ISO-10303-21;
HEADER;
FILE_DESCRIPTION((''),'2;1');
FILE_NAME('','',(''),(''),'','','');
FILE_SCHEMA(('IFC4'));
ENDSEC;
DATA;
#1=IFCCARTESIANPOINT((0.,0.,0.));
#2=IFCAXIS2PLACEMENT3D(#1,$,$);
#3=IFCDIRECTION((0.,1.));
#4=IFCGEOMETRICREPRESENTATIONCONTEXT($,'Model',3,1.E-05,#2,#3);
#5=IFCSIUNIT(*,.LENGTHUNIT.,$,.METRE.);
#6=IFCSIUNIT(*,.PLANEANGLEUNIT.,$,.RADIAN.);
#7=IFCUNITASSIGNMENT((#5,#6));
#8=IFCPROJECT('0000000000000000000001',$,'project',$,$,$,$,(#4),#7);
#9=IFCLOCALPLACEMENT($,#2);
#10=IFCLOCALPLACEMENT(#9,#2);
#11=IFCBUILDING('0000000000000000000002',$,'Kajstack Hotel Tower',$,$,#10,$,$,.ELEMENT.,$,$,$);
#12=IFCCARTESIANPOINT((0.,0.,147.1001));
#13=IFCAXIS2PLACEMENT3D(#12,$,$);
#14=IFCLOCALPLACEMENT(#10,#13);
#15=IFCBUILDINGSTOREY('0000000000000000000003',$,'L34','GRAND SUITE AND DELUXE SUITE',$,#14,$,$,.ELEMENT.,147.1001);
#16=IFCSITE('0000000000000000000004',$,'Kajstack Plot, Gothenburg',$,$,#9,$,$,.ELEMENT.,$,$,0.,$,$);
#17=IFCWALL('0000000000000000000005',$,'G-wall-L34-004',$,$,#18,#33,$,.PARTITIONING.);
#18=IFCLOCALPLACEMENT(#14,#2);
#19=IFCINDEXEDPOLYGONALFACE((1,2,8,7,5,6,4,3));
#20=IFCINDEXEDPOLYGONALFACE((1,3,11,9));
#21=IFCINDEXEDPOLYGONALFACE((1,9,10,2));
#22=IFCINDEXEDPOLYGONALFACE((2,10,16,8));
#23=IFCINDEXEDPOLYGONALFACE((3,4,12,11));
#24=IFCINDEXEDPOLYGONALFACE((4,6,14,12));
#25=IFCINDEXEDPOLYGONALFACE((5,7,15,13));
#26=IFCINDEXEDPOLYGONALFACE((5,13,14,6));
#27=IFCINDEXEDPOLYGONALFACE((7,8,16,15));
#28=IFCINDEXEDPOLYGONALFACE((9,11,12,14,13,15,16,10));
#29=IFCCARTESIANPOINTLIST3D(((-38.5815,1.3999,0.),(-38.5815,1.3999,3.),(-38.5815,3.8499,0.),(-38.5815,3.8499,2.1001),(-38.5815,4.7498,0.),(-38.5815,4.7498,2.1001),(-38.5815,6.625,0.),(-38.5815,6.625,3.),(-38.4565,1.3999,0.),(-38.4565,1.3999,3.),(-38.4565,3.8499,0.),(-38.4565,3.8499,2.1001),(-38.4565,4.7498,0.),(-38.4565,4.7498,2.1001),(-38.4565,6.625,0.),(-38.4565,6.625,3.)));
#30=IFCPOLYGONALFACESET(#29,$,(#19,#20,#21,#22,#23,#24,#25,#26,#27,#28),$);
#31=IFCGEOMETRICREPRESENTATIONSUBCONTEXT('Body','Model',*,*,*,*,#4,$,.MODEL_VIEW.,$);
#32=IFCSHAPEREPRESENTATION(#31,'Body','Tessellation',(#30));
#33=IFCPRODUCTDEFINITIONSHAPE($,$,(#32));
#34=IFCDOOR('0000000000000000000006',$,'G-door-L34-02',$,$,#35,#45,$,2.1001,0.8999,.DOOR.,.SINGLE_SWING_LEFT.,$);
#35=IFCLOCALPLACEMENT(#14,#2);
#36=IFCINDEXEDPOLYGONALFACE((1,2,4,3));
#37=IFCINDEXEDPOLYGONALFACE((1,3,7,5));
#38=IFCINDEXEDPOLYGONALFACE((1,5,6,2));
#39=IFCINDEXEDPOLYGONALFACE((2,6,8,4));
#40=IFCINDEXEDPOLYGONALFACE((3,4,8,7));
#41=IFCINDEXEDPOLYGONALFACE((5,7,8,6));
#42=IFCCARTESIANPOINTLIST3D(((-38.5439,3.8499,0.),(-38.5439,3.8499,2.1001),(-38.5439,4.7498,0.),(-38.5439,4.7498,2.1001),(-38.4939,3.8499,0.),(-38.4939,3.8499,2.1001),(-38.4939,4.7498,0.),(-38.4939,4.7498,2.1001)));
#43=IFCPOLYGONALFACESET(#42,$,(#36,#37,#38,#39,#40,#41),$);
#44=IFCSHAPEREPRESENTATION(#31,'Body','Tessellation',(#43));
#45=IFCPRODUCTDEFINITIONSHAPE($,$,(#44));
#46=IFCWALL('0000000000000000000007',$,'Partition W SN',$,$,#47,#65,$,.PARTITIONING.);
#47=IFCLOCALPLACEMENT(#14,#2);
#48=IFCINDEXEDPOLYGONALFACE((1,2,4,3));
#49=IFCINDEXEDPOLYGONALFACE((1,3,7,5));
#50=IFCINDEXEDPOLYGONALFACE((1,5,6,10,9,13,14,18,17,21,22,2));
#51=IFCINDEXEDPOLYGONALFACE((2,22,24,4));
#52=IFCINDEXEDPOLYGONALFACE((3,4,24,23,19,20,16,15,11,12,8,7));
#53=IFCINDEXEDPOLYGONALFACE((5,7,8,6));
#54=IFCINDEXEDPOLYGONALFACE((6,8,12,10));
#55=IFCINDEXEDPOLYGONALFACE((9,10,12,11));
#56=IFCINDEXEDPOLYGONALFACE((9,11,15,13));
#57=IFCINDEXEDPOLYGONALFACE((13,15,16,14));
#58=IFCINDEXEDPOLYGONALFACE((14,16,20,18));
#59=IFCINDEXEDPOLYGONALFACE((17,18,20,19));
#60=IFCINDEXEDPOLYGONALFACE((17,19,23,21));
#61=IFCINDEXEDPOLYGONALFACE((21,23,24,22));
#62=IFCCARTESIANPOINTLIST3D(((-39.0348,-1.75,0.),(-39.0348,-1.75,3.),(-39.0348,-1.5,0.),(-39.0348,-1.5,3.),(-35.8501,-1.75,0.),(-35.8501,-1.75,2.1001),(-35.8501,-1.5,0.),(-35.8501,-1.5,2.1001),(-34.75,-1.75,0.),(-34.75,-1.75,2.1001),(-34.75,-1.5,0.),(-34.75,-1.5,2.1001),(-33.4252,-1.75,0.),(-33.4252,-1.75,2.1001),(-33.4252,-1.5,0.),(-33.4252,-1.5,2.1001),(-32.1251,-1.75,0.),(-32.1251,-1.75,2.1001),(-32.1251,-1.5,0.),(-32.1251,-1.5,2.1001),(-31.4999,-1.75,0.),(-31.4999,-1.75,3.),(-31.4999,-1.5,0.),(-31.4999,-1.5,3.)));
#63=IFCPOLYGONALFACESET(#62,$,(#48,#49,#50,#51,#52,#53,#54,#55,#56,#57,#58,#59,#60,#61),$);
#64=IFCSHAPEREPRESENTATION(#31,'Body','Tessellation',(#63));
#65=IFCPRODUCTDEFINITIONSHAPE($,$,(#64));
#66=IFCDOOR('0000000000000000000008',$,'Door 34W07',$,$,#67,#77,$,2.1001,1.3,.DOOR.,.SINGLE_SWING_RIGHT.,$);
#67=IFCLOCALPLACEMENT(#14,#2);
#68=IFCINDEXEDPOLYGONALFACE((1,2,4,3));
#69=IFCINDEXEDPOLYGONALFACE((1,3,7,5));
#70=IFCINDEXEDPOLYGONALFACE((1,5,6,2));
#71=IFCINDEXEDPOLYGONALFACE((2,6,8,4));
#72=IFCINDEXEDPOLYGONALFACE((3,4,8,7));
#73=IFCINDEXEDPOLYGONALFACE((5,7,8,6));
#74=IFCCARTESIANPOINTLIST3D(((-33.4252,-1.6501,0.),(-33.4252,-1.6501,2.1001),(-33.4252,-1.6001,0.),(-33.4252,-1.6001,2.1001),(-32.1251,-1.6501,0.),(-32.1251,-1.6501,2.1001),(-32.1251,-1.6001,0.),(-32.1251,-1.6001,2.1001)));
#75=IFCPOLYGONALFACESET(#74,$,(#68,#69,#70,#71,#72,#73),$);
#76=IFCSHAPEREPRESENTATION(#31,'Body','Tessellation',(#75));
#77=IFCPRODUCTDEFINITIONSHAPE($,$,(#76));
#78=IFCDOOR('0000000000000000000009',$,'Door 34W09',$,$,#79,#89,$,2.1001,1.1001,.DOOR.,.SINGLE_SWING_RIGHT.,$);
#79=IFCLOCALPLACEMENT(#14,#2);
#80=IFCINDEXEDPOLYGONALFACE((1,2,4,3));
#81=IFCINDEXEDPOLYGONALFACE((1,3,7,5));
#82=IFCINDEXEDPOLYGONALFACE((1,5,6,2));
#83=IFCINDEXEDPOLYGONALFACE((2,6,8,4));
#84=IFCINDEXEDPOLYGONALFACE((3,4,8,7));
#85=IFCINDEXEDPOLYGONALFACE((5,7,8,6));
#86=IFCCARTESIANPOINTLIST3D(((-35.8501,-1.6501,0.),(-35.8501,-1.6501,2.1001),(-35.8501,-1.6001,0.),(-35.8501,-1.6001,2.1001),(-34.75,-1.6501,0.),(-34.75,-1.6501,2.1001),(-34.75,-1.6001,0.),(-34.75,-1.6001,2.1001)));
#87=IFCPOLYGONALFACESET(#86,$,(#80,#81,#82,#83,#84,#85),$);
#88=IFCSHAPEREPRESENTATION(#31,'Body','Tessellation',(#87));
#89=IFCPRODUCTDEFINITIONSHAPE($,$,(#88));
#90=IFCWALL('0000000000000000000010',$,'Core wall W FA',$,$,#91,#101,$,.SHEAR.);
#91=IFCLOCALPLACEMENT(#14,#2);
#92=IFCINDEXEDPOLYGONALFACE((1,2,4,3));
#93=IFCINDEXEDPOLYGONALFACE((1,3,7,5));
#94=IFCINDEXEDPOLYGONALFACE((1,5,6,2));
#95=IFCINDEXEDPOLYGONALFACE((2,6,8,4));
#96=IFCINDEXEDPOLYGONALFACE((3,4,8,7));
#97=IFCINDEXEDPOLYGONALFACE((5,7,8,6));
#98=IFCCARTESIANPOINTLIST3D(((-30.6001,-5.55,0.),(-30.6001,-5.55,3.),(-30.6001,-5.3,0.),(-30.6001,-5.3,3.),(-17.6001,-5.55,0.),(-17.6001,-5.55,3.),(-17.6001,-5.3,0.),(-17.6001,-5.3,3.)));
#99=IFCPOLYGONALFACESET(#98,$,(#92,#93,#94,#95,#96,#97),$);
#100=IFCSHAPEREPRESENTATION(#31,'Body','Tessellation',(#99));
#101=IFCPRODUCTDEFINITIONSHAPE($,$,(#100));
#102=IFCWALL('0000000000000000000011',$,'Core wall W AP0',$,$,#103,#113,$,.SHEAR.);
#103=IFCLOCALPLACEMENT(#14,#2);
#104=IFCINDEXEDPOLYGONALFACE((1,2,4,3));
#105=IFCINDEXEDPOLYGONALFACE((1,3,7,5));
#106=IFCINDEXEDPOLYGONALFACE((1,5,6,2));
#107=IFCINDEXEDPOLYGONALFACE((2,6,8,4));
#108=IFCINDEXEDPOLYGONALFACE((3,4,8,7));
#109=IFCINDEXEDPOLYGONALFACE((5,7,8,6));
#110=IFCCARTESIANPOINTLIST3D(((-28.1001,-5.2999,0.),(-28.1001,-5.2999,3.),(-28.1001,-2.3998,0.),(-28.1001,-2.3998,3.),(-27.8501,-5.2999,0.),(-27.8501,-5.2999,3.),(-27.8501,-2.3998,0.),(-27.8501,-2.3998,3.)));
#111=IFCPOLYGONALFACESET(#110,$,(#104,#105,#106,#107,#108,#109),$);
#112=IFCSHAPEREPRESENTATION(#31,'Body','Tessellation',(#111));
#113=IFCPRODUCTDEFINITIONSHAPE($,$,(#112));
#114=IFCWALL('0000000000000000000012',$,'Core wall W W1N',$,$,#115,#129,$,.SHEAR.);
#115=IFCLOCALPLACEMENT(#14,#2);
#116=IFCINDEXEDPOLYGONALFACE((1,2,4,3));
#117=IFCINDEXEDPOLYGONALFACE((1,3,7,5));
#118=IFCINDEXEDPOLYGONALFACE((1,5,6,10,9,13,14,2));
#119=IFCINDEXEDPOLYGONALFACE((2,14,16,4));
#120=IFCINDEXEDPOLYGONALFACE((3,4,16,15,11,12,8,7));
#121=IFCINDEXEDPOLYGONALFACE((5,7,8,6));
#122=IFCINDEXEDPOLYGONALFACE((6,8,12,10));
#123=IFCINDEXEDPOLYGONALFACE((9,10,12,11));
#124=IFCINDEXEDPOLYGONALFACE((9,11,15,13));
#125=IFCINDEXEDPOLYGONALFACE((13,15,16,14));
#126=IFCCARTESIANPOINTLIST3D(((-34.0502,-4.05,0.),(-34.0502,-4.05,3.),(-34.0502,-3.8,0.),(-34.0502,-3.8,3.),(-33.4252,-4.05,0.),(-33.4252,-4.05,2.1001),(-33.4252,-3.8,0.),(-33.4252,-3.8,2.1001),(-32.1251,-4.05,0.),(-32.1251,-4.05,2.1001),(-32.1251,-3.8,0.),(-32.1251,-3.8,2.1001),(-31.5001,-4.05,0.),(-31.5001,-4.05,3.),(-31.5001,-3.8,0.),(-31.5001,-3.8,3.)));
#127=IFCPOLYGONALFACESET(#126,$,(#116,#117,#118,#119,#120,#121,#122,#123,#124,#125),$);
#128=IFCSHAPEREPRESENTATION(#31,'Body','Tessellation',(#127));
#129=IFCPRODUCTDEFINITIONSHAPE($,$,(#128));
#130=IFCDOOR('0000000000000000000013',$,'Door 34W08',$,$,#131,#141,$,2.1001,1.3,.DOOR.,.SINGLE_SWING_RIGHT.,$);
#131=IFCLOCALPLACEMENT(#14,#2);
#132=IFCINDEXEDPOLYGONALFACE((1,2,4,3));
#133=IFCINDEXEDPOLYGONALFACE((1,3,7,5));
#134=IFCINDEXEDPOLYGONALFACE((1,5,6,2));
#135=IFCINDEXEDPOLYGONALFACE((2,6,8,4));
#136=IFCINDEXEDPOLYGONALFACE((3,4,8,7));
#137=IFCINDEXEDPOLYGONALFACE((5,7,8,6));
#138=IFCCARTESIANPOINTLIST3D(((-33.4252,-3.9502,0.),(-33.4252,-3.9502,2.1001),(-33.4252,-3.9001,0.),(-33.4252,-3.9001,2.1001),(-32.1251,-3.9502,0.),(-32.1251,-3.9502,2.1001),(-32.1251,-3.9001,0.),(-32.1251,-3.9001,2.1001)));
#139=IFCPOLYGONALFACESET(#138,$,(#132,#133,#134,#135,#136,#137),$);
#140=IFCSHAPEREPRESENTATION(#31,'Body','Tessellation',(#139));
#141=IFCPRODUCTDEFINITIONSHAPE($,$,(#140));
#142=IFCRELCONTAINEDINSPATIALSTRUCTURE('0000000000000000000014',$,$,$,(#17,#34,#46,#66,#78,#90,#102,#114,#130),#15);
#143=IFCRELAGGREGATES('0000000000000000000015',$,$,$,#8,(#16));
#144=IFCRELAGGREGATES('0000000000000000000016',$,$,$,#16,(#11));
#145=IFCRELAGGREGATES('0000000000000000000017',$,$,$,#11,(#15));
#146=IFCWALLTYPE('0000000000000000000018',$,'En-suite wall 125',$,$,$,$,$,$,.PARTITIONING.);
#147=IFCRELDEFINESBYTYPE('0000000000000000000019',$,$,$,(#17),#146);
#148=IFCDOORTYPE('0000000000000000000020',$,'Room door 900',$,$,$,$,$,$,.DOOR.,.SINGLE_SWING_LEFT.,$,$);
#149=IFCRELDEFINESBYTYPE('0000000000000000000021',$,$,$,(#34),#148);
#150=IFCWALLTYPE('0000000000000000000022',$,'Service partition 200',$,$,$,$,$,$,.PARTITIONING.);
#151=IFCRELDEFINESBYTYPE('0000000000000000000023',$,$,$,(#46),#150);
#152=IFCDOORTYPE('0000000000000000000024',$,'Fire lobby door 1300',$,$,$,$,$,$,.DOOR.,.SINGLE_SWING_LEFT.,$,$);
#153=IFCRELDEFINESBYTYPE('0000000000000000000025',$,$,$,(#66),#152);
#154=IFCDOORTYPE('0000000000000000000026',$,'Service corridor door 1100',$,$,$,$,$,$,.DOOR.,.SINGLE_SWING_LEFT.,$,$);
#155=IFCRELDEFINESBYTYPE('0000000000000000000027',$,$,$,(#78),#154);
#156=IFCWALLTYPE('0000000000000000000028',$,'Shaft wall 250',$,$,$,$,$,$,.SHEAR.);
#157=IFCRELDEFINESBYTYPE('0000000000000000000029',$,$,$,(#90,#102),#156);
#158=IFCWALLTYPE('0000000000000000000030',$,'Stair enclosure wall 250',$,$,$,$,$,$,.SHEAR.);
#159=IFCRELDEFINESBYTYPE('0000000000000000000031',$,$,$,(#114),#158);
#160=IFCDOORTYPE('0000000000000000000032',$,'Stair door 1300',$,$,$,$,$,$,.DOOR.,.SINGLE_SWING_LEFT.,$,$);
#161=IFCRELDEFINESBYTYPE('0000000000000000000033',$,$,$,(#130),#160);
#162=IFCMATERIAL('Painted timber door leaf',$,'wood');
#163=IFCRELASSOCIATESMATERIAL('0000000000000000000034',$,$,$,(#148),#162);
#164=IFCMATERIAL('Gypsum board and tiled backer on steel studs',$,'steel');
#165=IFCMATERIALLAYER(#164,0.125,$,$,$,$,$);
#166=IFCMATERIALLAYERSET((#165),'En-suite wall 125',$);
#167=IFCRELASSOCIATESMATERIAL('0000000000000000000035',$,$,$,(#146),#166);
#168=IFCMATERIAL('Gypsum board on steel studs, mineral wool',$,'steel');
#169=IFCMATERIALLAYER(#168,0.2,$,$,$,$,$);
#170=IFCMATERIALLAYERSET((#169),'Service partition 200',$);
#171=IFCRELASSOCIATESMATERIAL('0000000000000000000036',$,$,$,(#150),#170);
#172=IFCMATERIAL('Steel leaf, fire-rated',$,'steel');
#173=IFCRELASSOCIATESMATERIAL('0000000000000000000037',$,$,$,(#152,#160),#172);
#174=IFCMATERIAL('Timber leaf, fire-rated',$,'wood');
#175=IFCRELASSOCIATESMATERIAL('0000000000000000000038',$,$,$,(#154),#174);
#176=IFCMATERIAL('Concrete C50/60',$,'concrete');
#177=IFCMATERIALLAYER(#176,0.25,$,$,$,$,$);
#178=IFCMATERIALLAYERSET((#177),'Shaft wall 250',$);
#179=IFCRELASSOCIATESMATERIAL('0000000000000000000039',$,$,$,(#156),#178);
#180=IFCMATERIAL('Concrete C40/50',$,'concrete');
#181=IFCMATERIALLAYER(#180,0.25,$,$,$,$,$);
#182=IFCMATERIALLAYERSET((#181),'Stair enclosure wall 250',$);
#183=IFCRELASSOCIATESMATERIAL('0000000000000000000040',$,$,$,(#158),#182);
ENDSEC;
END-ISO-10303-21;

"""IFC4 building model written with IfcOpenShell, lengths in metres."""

from ifc_helpers import new_model, si_unit, direction, frame, frame_2d, origin, place, context, subcontext, project, spatial, rectangle, extrude, material, layer, layer_set, type_object, element, fill, save


model = new_model("IFC4")

# Units and contexts
model_context = context("Model", 3, precision=1e-05, world=origin(), true_north=direction((0.0, 1.0)))
body_context = subcontext(model_context, "Body", "Model", "MODEL_VIEW")
ifc_project = project(units=[si_unit("LENGTHUNIT", "METRE"), si_unit("PLANEANGLEUNIT", "RADIAN")], contexts=[model_context])

# Site, building, storey
site_placement = place(None, origin())
site = spatial("IfcSite", under=ifc_project, at=site_placement, Name="Kajstack Plot, Gothenburg", CompositionType="ELEMENT", RefElevation=0.0)
building_placement = place(site_placement, origin())
building = spatial("IfcBuilding", under=site, at=building_placement, Name="Kajstack Hotel Tower", CompositionType="ELEMENT")
storey_placement = place(building_placement, frame((0.0, 0.0, 147.1001)))
storey = spatial("IfcBuildingStorey", under=building, at=storey_placement, Name="L34", Description="GRAND SUITE AND DELUXE SUITE", CompositionType="ELEMENT", Elevation=147.1001)

# Shared definitions
ifc_material_1 = material(Name="Gypsum board on steel studs, mineral wool", Category="steel")
ifc_material_2 = material(Name="Painted timber door leaf", Category="wood")
door_type_1 = type_object("IfcDoorType", Name="Room door 900", OperationType="SINGLE_SWING_LEFT", PredefinedType="DOOR", material=ifc_material_2)

# Wall, opening, door
ifc_material_3 = material(Name="Gypsum board and tiled backer on steel studs", Category="steel")
ifc_layer_1 = layer(ifc_material_3, 0.125)
ifc_layer_set_1 = layer_set([ifc_layer_1], Name="En-suite wall 125")
wall_type_1 = type_object("IfcWallType", Name="En-suite wall 125", PredefinedType="PARTITIONING", material=ifc_layer_set_1)
wall_1_placement = place(storey_placement, frame((-38.519, 1.3999, 0.0), z_axis=(0.0, 0.0, 1.0), x_axis=(0.0, 1.0, 0.0)))
wall_1 = element("IfcWall", 1, at=wall_1_placement, inside=storey, type_object=wall_type_1, Name="G-wall-L34-004", PredefinedType="PARTITIONING", context=body_context, shape_type="SweptSolid", body=[
    extrude(rectangle(XDim=5.2251, YDim=0.125, at=frame_2d((2.6125, 0.0))), origin(), (0.0, 0.0, 1.0), 3.0),
])
opening_1_placement = place(wall_1_placement, frame((2.45, 0.0, 0.0)))
opening_1 = element("IfcOpeningElement", 2, at=opening_1_placement, cuts=wall_1, PredefinedType="OPENING", context=body_context, shape_type="SweptSolid", body=[
    extrude(rectangle(XDim=0.8999, YDim=2.1001, at=frame_2d((0.45, 1.05))), frame((0.0, 0.0725, 0.0), z_axis=(0.0, -1.0, 0.0), x_axis=(1.0, 0.0, 0.0)), (0.0, 0.0, 1.0), 0.145),
])
door_1_placement = place(opening_1_placement, origin())
door_1 = element("IfcDoor", 3, at=door_1_placement, inside=storey, type_object=door_type_1, Name="G-door-L34-02", OperationType="SINGLE_SWING_LEFT", OverallHeight=2.1001, OverallWidth=0.8999, PredefinedType="DOOR", context=body_context, shape_type="SweptSolid", body=[
    extrude(rectangle(XDim=0.8999, YDim=2.1001, at=frame_2d((0.45, 1.05))), frame((0.0, 0.0249, 0.0), z_axis=(0.0, -1.0, 0.0), x_axis=(1.0, 0.0, 0.0)), (0.0, 0.0, 1.0), 0.05),
])
fill(opening_1, door_1)

# Wall, openings, doors
ifc_layer_2 = layer(ifc_material_1, 0.2)
ifc_layer_set_2 = layer_set([ifc_layer_2], Name="Service partition 200")
wall_type_2 = type_object("IfcWallType", Name="Service partition 200", PredefinedType="PARTITIONING", material=ifc_layer_set_2)
wall_2_placement = place(storey_placement, frame((-39.0349, -1.625, 0.0), z_axis=(0.0, 0.0, 1.0), x_axis=(1.0, 0.0, 0.0)))
wall_2 = element("IfcWall", 4, at=wall_2_placement, inside=storey, type_object=wall_type_2, Name="Partition W SN", PredefinedType="PARTITIONING", context=body_context, shape_type="SweptSolid", body=[
    extrude(rectangle(XDim=7.5349, YDim=0.25, at=frame_2d((3.7676, 0.0))), origin(), (0.0, 0.0, 1.0), 3.0),
])
opening_2_placement = place(wall_2_placement, frame((5.6099, 0.0, 0.0)))
opening_2 = element("IfcOpeningElement", 5, at=opening_2_placement, cuts=wall_2, PredefinedType="OPENING", context=body_context, shape_type="SweptSolid", body=[
    extrude(rectangle(XDim=1.3, YDim=2.1001, at=frame_2d((0.6499, 1.05))), frame((0.0, 0.135, 0.0), z_axis=(0.0, -1.0, 0.0), x_axis=(1.0, 0.0, 0.0)), (0.0, 0.0, 1.0), 0.27),
])
opening_3_placement = place(wall_2_placement, frame((3.1848, 0.0, 0.0)))
opening_3 = element("IfcOpeningElement", 6, at=opening_3_placement, cuts=wall_2, PredefinedType="OPENING", context=body_context, shape_type="SweptSolid", body=[
    extrude(rectangle(XDim=1.1001, YDim=2.1001, at=frame_2d((0.55, 1.05))), frame((0.0, 0.135, 0.0), z_axis=(0.0, -1.0, 0.0), x_axis=(1.0, 0.0, 0.0)), (0.0, 0.0, 1.0), 0.27),
])
ifc_material_4 = material(Name="Steel leaf, fire-rated", Category="steel")
door_type_2 = type_object("IfcDoorType", Name="Fire lobby door 1300", OperationType="SINGLE_SWING_LEFT", PredefinedType="DOOR", material=ifc_material_4)
door_2_placement = place(opening_2_placement, origin())
door_2 = element("IfcDoor", 7, at=door_2_placement, inside=storey, type_object=door_type_2, Name="Door 34W07", OperationType="SINGLE_SWING_RIGHT", OverallHeight=2.1001, OverallWidth=1.3, PredefinedType="DOOR", context=body_context, shape_type="SweptSolid", body=[
    extrude(rectangle(XDim=1.3, YDim=2.1001, at=frame_2d((0.6499, 1.05))), frame((0.0, 0.0249, 0.0), z_axis=(0.0, -1.0, 0.0), x_axis=(1.0, 0.0, 0.0)), (0.0, 0.0, 1.0), 0.05),
])
fill(opening_2, door_2)
ifc_material_5 = material(Name="Timber leaf, fire-rated", Category="wood")
door_type_3 = type_object("IfcDoorType", Name="Service corridor door 1100", OperationType="SINGLE_SWING_LEFT", PredefinedType="DOOR", material=ifc_material_5)
door_3_placement = place(opening_3_placement, origin())
door_3 = element("IfcDoor", 8, at=door_3_placement, inside=storey, type_object=door_type_3, Name="Door 34W09", OperationType="SINGLE_SWING_RIGHT", OverallHeight=2.1001, OverallWidth=1.1001, PredefinedType="DOOR", context=body_context, shape_type="SweptSolid", body=[
    extrude(rectangle(XDim=1.1001, YDim=2.1001, at=frame_2d((0.55, 1.05))), frame((0.0, 0.0249, 0.0), z_axis=(0.0, -1.0, 0.0), x_axis=(1.0, 0.0, 0.0)), (0.0, 0.0, 1.0), 0.05),
])
fill(opening_3, door_3)

# Walls
ifc_material_6 = material(Name="Concrete C50/60", Category="concrete")
ifc_layer_3 = layer(ifc_material_6, 0.25)
ifc_layer_set_3 = layer_set([ifc_layer_3], Name="Shaft wall 250")
wall_type_3 = type_object("IfcWallType", Name="Shaft wall 250", PredefinedType="SHEAR", material=ifc_layer_set_3)
wall_3_placement = place(storey_placement, frame((-30.6001, -5.425, 0.0), z_axis=(0.0, 0.0, 1.0), x_axis=(1.0, 0.0, 0.0)))
element("IfcWall", 9, at=wall_3_placement, inside=storey, type_object=wall_type_3, Name="Core wall W FA", PredefinedType="SHEAR", context=body_context, shape_type="SweptSolid", body=[
    extrude(rectangle(XDim=13.0, YDim=0.25, at=frame_2d((6.5, 0.0))), origin(), (0.0, 0.0, 1.0), 3.0),
])
wall_4_placement = place(storey_placement, frame((-27.9751, -5.3, 0.0), z_axis=(0.0, 0.0, 1.0), x_axis=(0.0, 1.0, 0.0)))
element("IfcWall", 10, at=wall_4_placement, inside=storey, type_object=wall_type_3, Name="Core wall W AP0", PredefinedType="SHEAR", context=body_context, shape_type="SweptSolid", body=[
    extrude(rectangle(XDim=2.9001, YDim=0.25, at=frame_2d((1.4502, 0.0))), origin(), (0.0, 0.0, 1.0), 3.0),
])

# Wall, opening, door
ifc_material_7 = material(Name="Concrete C40/50", Category="concrete")
ifc_layer_4 = layer(ifc_material_7, 0.25)
ifc_layer_set_4 = layer_set([ifc_layer_4], Name="Stair enclosure wall 250")
wall_type_4 = type_object("IfcWallType", Name="Stair enclosure wall 250", PredefinedType="SHEAR", material=ifc_layer_set_4)
wall_5_placement = place(storey_placement, frame((-34.05, -3.925, 0.0), z_axis=(0.0, 0.0, 1.0), x_axis=(1.0, 0.0, 0.0)))
wall_5 = element("IfcWall", 11, at=wall_5_placement, inside=storey, type_object=wall_type_4, Name="Core wall W W1N", PredefinedType="SHEAR", context=body_context, shape_type="SweptSolid", body=[
    extrude(rectangle(XDim=2.55, YDim=0.25, at=frame_2d((1.2749, 0.0))), origin(), (0.0, 0.0, 1.0), 3.0),
])
opening_4_placement = place(wall_5_placement, frame((0.625, 0.0, 0.0)))
opening_4 = element("IfcOpeningElement", 12, at=opening_4_placement, cuts=wall_5, PredefinedType="OPENING", context=body_context, shape_type="SweptSolid", body=[
    extrude(rectangle(XDim=1.3, YDim=2.1001, at=frame_2d((0.6499, 1.05))), frame((0.0, 0.135, 0.0), z_axis=(0.0, -1.0, 0.0), x_axis=(1.0, 0.0, 0.0)), (0.0, 0.0, 1.0), 0.27),
])
door_type_4 = type_object("IfcDoorType", Name="Stair door 1300", OperationType="SINGLE_SWING_LEFT", PredefinedType="DOOR", material=ifc_material_4)
door_4_placement = place(opening_4_placement, origin())
door_4 = element("IfcDoor", 13, at=door_4_placement, inside=storey, type_object=door_type_4, Name="Door 34W08", OperationType="SINGLE_SWING_RIGHT", OverallHeight=2.1001, OverallWidth=1.3, PredefinedType="DOOR", context=body_context, shape_type="SweptSolid", body=[
    extrude(rectangle(XDim=1.3, YDim=2.1001, at=frame_2d((0.6499, 1.05))), frame((0.0, 0.0249, 0.0), z_axis=(0.0, -1.0, 0.0), x_axis=(1.0, 0.0, 0.0)), (0.0, 0.0, 1.0), 0.05),
])
fill(opening_4, door_4)

save(model, "model.ifc")
